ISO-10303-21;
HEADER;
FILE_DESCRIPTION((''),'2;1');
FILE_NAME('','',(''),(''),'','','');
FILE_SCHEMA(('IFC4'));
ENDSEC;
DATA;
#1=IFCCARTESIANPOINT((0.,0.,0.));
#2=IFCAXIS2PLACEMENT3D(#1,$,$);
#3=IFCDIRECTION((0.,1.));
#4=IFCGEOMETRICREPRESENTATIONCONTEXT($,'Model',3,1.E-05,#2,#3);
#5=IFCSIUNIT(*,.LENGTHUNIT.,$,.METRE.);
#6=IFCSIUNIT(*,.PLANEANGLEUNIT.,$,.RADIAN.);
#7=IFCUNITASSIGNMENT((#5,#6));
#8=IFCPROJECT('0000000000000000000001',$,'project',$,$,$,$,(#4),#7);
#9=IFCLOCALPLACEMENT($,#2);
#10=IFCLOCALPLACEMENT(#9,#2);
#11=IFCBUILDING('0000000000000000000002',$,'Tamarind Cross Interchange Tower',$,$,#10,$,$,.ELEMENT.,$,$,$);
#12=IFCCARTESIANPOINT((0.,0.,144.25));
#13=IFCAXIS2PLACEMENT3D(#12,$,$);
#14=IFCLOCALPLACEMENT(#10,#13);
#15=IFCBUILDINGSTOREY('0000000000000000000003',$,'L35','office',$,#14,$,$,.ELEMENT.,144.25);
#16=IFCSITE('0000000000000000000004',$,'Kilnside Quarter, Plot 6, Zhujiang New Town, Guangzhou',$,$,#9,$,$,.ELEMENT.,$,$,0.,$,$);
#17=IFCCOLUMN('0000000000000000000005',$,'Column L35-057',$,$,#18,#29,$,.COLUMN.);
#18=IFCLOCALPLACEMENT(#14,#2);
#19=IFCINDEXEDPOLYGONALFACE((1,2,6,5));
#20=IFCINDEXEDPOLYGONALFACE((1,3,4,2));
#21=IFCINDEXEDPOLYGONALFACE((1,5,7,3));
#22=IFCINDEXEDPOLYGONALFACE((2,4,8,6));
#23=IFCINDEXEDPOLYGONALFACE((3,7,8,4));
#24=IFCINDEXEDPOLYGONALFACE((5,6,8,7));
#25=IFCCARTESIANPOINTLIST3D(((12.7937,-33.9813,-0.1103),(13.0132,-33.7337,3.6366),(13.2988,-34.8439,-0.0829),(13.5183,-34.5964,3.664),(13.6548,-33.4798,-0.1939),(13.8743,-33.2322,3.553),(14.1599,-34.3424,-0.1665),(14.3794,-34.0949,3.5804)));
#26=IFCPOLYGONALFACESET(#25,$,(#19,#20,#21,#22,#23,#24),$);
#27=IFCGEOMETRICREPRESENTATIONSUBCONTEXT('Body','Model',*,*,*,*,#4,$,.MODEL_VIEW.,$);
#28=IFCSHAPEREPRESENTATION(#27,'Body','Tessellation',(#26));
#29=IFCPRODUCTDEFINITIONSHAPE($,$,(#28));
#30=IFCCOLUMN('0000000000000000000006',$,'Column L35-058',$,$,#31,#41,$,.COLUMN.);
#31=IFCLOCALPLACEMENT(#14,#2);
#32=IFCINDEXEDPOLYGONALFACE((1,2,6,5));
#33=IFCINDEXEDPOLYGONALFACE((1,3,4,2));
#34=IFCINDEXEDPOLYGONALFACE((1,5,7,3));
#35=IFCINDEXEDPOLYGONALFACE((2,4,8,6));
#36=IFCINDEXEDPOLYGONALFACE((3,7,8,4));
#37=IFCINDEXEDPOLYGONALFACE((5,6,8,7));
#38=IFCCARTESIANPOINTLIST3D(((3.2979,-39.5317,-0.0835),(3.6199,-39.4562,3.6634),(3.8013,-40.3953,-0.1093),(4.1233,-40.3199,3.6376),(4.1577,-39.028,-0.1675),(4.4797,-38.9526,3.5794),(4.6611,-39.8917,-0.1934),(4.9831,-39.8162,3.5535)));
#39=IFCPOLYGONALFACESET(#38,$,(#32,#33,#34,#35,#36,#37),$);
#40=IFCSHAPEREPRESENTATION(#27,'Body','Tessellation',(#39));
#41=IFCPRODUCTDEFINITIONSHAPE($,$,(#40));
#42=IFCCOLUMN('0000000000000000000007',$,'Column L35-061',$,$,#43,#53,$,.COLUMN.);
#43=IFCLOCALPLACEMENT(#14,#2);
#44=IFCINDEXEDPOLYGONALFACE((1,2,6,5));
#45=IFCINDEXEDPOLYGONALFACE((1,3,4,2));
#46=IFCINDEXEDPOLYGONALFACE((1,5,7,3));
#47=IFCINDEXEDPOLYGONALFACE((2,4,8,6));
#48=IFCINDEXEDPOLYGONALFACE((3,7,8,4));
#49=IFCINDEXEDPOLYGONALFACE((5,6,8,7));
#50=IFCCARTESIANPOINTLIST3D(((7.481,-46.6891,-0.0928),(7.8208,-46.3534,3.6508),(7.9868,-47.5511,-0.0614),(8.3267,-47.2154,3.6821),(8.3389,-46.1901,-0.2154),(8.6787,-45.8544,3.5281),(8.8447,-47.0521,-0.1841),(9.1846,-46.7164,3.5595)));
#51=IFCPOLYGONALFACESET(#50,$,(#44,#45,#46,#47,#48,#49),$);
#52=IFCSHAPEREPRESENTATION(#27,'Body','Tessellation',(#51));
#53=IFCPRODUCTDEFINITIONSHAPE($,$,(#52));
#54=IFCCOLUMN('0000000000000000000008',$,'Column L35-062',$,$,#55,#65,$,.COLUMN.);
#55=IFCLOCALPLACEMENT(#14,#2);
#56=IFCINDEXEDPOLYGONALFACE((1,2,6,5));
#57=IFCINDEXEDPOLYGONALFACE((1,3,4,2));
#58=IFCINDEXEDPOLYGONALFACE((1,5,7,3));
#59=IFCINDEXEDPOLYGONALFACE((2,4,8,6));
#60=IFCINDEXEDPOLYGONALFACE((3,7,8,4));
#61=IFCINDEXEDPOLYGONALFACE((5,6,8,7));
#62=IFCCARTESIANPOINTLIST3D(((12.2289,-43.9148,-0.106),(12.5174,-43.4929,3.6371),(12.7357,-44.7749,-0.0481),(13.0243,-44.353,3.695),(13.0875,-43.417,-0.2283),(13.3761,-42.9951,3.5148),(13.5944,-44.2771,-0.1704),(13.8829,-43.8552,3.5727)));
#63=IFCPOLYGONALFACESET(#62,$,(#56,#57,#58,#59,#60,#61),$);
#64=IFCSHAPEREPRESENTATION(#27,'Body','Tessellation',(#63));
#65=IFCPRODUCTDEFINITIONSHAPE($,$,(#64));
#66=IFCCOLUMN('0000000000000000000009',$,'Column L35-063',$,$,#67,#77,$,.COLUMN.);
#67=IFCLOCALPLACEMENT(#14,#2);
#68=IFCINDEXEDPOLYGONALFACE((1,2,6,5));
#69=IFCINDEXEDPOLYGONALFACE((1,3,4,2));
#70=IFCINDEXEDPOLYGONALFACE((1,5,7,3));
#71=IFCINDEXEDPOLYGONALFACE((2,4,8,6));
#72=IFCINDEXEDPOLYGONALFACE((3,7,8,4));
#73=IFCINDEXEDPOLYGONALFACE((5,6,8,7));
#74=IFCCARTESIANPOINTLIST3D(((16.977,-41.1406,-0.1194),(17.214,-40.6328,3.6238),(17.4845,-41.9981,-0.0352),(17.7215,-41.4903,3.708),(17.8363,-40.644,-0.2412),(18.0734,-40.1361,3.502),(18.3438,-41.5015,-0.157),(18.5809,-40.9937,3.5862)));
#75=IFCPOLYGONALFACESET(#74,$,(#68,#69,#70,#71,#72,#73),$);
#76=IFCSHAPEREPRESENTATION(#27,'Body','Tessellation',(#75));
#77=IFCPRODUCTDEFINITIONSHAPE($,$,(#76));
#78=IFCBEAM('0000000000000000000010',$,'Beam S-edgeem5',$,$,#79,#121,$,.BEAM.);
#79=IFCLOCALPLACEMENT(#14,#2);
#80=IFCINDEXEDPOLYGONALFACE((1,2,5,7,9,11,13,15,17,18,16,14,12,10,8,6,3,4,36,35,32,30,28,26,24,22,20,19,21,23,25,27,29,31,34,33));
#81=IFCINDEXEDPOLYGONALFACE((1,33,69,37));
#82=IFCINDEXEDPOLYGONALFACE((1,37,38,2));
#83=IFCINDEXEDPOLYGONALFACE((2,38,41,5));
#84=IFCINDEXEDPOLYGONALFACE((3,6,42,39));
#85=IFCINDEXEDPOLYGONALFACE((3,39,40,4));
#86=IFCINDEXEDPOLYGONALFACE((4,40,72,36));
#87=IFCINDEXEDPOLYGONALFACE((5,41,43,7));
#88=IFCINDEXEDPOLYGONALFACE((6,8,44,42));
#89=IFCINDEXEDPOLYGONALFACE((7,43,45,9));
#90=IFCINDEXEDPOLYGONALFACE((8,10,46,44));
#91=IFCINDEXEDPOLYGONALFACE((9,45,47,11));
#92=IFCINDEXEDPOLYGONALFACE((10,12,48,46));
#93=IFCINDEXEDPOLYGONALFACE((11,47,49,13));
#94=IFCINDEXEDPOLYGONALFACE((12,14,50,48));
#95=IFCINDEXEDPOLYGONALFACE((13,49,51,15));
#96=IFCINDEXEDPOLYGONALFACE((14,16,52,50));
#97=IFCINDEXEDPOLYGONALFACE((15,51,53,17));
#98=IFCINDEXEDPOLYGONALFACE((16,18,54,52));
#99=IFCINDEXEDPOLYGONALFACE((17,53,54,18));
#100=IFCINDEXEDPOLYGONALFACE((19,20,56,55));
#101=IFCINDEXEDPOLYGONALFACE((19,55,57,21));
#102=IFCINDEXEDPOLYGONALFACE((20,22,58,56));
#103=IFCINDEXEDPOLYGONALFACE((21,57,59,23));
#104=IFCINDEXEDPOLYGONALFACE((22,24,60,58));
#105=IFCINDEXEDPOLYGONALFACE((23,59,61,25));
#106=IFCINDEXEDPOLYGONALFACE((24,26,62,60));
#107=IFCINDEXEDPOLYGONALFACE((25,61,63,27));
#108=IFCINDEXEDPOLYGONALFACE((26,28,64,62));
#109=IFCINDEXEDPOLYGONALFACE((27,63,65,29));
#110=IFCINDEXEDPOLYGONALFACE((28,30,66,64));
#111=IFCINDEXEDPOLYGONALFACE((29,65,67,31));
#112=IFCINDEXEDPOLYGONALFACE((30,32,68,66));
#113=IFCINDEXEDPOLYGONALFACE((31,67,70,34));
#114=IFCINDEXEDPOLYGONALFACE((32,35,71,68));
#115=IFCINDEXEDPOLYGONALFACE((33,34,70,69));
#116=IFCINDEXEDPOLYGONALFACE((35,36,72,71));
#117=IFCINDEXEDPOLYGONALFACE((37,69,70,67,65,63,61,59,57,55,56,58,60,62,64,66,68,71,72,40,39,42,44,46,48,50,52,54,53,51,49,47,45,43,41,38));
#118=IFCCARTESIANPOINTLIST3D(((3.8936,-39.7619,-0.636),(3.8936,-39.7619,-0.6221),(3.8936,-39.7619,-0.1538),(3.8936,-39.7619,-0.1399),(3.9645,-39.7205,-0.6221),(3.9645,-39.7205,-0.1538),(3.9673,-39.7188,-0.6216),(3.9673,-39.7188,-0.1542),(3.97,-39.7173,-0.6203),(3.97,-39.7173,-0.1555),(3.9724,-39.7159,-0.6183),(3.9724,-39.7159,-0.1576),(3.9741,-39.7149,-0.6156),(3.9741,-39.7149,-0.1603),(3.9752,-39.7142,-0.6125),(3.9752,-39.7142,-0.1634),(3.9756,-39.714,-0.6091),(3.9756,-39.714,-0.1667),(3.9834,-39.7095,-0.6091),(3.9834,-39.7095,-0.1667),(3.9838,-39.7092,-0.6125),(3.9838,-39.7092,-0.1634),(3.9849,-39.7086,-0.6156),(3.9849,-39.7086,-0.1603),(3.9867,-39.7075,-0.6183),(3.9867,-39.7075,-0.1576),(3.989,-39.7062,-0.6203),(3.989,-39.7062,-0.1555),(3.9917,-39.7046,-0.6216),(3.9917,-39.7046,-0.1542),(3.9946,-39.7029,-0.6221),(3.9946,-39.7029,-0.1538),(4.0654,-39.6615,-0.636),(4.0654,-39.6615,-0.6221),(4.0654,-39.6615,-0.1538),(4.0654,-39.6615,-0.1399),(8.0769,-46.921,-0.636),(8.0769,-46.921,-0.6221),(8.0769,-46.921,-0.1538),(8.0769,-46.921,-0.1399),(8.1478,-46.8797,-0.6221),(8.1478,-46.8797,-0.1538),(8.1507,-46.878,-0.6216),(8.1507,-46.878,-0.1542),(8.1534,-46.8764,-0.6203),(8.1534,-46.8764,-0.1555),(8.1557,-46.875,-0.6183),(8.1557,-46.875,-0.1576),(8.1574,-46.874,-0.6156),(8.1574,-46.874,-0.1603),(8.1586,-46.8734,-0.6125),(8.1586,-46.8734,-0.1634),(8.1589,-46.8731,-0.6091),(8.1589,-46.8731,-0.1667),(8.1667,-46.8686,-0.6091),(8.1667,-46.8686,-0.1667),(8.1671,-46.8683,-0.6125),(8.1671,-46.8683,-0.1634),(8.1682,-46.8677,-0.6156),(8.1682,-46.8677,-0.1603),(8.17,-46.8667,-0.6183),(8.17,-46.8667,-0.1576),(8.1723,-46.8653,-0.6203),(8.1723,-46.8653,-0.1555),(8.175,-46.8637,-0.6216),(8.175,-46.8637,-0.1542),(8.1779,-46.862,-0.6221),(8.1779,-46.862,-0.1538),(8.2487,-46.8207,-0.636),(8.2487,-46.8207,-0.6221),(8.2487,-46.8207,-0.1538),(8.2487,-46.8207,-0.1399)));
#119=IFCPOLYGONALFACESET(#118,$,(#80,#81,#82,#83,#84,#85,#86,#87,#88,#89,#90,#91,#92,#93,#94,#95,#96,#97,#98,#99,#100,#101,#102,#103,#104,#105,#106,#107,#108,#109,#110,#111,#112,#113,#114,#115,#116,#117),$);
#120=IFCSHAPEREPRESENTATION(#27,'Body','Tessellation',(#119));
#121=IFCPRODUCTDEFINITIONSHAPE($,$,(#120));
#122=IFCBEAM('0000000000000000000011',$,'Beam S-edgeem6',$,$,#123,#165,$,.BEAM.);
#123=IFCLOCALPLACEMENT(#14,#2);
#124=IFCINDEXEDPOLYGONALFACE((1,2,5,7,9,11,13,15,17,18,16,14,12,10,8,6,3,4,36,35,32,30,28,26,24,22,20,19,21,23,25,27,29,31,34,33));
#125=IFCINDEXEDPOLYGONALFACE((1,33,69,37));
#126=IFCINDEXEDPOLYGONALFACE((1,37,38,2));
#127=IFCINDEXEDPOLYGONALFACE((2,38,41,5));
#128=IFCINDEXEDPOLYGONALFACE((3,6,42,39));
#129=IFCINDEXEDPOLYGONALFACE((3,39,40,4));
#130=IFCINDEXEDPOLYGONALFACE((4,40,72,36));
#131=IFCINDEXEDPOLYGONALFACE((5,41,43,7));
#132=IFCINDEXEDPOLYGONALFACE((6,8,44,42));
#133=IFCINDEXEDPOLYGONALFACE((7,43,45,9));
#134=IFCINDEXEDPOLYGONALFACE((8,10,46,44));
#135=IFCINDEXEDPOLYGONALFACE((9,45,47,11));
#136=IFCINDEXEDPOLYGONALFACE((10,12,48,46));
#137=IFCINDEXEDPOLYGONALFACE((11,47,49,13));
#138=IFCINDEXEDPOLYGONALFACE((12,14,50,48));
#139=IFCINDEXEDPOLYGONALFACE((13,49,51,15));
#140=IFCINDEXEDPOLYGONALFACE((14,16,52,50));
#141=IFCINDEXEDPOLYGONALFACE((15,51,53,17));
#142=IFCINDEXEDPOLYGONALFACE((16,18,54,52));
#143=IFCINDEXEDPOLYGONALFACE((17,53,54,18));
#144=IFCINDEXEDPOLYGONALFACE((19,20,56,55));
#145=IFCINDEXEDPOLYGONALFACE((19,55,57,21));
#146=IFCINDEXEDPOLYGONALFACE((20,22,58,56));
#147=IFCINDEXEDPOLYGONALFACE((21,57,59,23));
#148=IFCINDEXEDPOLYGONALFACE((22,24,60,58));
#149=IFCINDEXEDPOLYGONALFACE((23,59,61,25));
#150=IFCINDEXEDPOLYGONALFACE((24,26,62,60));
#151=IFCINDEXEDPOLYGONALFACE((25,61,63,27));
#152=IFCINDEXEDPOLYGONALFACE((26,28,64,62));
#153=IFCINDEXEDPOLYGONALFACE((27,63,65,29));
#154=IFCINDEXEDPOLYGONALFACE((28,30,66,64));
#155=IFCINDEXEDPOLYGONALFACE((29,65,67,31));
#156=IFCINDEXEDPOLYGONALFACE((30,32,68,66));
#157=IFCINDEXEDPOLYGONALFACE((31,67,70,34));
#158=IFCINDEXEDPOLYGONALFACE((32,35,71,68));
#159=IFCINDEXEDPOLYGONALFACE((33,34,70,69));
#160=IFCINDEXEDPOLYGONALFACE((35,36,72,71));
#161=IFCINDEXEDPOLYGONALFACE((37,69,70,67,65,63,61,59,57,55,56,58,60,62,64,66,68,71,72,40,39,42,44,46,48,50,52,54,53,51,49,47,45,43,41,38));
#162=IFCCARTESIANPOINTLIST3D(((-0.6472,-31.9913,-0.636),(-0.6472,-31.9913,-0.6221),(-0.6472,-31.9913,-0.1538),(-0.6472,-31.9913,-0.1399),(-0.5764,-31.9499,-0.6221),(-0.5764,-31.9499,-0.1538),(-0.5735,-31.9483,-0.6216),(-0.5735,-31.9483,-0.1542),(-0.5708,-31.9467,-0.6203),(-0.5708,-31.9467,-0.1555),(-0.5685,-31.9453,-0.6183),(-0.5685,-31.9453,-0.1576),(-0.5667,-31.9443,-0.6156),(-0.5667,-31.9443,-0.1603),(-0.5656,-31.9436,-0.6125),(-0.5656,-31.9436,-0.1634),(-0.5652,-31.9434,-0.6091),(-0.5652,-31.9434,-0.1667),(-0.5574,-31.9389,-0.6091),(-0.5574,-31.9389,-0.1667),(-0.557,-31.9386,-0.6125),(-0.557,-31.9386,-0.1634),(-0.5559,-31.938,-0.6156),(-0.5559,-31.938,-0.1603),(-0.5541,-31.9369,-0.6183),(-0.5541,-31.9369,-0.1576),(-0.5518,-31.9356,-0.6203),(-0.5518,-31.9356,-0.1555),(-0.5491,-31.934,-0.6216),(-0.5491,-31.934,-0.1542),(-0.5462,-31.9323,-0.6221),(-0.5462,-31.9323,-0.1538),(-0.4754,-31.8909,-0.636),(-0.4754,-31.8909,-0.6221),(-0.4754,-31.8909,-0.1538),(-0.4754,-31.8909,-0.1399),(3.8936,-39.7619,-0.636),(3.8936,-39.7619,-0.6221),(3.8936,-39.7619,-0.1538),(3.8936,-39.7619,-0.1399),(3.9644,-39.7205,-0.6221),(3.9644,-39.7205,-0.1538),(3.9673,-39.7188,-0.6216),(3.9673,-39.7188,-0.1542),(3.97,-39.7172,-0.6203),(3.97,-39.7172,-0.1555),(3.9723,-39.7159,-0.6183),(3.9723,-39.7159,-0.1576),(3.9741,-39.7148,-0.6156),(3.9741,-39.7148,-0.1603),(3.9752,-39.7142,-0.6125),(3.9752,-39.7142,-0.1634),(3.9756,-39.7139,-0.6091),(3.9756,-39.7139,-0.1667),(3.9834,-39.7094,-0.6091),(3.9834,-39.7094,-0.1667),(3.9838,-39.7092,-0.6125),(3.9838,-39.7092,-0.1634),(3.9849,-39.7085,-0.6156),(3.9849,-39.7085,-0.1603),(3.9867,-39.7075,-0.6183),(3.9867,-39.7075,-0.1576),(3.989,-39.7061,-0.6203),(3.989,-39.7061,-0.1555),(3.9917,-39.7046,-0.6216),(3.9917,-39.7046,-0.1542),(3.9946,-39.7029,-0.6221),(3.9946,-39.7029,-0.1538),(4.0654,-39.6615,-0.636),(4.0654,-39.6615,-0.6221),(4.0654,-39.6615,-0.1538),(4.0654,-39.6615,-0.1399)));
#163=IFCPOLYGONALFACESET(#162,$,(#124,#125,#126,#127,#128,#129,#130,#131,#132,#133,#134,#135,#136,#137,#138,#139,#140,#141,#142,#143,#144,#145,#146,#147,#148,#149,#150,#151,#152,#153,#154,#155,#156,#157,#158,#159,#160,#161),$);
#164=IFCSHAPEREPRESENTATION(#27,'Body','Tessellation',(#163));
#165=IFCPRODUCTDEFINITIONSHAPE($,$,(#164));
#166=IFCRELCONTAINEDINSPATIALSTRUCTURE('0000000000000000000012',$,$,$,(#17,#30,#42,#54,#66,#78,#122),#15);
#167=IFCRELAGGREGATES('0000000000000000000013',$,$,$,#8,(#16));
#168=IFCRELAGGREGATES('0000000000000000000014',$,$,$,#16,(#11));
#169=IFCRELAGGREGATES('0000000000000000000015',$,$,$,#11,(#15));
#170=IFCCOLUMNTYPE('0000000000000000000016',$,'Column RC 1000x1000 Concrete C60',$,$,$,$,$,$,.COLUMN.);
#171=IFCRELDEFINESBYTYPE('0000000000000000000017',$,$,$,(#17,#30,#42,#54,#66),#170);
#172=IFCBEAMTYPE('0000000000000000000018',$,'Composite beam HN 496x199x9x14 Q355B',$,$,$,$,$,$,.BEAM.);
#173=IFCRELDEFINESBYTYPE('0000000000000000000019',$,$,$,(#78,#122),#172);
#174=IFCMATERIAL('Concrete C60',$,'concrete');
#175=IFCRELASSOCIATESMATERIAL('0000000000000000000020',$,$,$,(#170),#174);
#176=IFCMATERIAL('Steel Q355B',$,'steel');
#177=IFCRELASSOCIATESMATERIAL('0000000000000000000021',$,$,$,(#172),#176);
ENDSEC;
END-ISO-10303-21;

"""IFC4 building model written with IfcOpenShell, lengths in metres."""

from ifc_helpers import new_model, si_unit, direction, frame, origin, origin_2d, place, context, subcontext, project, spatial, rectangle, i_section, extrude, material, material_profile, profile_set, type_object, element, save


model = new_model("IFC4")

# Units and contexts
model_context = context("Model", 3, precision=1e-05, world=origin(), true_north=direction((0.0, 1.0)))
body_context = subcontext(model_context, "Body", "Model", "MODEL_VIEW")
ifc_project = project(units=[si_unit("LENGTHUNIT", "METRE"), si_unit("PLANEANGLEUNIT", "RADIAN")], contexts=[model_context])

# Site, building, storey
site_placement = place(None, origin())
site = spatial("IfcSite", under=ifc_project, at=site_placement, Name="Kilnside Quarter, Plot 6, Zhujiang New Town, Guangzhou", CompositionType="ELEMENT", RefElevation=0.0)
building_placement = place(site_placement, origin())
building = spatial("IfcBuilding", under=site, at=building_placement, Name="Tamarind Cross Interchange Tower", CompositionType="ELEMENT")
storey_placement = place(building_placement, frame((0.0, 0.0, 144.25)))
storey = spatial("IfcBuildingStorey", under=building, at=storey_placement, Name="L35", Description="office", CompositionType="ELEMENT", Elevation=144.25)

# Columns
ifc_material_1 = material(Name="Concrete C60", Category="concrete")
ifc_material_profile_1 = material_profile(ifc_material_1, rectangle(XDim=1.0, YDim=1.0, at=origin_2d()), Name="RC 1000x1000")
ifc_profile_set_1 = profile_set([ifc_material_profile_1], Name="Concrete C60")
column_type = type_object("IfcColumnType", Name="Column RC 1000x1000 Concrete C60", PredefinedType="COLUMN", material=ifc_profile_set_1)
for number, where, z_axis, x_axis, name in (
    (1, (13.4768, -34.1619, -0.1384), (0.058351, 0.065815, 0.996124), (-0.861117, -0.501491, 0.083577), "Column L35-057"),
    (2, (3.9795, -39.7117, -0.1384), (0.085612, 0.020056, 0.996127), (-0.503401, 0.863665, 0.025876), "Column L35-058"),
):
    element("IfcColumn", number, at=place(storey_placement, frame(where, z_axis=z_axis, x_axis=x_axis)), inside=storey, type_object=column_type, Name=name, PredefinedType="COLUMN", context=body_context, shape_type="SweptSolid", body=[
        extrude(rectangle(XDim=1.0, YDim=1.0, at=origin_2d()), origin(), (0.0, 0.0, 1.0), 3.7615),
    ])
column_1_placement = place(storey_placement, frame((8.1628, -46.8706, -0.1384), z_axis=(0.090049, 0.088949, 0.991957), x_axis=(-0.857894, -0.498981, 0.122622)))
element("IfcColumn", 3, at=column_1_placement, inside=storey, type_object=column_type, Name="Column L35-061", PredefinedType="COLUMN", context=body_context, shape_type="SweptSolid", body=[
    extrude(rectangle(XDim=1.0, YDim=1.0, at=origin_2d()), origin(), (0.0, 0.0, 1.0), 3.7739),
])
column_2_placement = place(storey_placement, frame((12.9116, -44.0959, -0.1382), z_axis=(0.076385, 0.111669, 0.990805), x_axis=(-0.858638, -0.497778, 0.122298)))
element("IfcColumn", 4, at=column_2_placement, inside=storey, type_object=column_type, Name="Column L35-062", PredefinedType="COLUMN", context=body_context, shape_type="SweptSolid", body=[
    extrude(rectangle(XDim=1.0, YDim=1.0, at=origin_2d()), origin(), (0.0, 0.0, 1.0), 3.7778),
])
column_3_placement = place(storey_placement, frame((17.6604, -41.321, -0.1382), z_axis=(0.062634, 0.134169, 0.988977), x_axis=(-0.859358, -0.496657, 0.121803)))
element("IfcColumn", 5, at=column_3_placement, inside=storey, type_object=column_type, Name="Column L35-063", PredefinedType="COLUMN", context=body_context, shape_type="SweptSolid", body=[
    extrude(rectangle(XDim=1.0, YDim=1.0, at=origin_2d()), origin(), (0.0, 0.0, 1.0), 3.7849),
])

# Beams
ifc_material_2 = material(Name="Steel Q355B", Category="steel")
ifc_material_profile_2 = material_profile(ifc_material_2, i_section(OverallWidth=0.199, OverallDepth=0.4961, WebThickness=0.009, FlangeThickness=0.0139, FilletRadius=0.0129, at=origin_2d()), Name="HN 496x199x9x14")
ifc_profile_set_2 = profile_set([ifc_material_profile_2], Name="Steel Q355B")
beam_type_1 = type_object("IfcBeamType", Name="Composite beam HN 496x199x9x14 Q355B", PredefinedType="BEAM", material=ifc_profile_set_2)
beam_1_placement = place(storey_placement, frame((8.1628, -46.8708, -0.3879), z_axis=(-0.504515, 0.863403, 0.0), x_axis=(-0.863403, -0.504515, 0.0)))
element("IfcBeam", 6, at=beam_1_placement, inside=storey, type_object=beam_type_1, Name="Beam S-edgeem5", PredefinedType="BEAM", context=body_context, shape_type="SweptSolid", body=[
    extrude(i_section(OverallWidth=0.199, OverallDepth=0.4961, WebThickness=0.009, FlangeThickness=0.0139, FilletRadius=0.0129, at=origin_2d()), origin(), (0.0, 0.0, 1.0), 8.2917),
])
beam_2_placement = place(storey_placement, frame((3.9795, -39.7117, -0.3879), z_axis=(-0.504532, 0.863393, 0.0), x_axis=(-0.863393, -0.504532, 0.0)))
element("IfcBeam", 7, at=beam_2_placement, inside=storey, type_object=beam_type_1, Name="Beam S-edgeem6", PredefinedType="BEAM", context=body_context, shape_type="SweptSolid", body=[
    extrude(i_section(OverallWidth=0.199, OverallDepth=0.4961, WebThickness=0.009, FlangeThickness=0.0139, FilletRadius=0.0129, at=origin_2d()), origin(), (0.0, 0.0, 1.0), 9.0),
])

save(model, "model.ifc")
